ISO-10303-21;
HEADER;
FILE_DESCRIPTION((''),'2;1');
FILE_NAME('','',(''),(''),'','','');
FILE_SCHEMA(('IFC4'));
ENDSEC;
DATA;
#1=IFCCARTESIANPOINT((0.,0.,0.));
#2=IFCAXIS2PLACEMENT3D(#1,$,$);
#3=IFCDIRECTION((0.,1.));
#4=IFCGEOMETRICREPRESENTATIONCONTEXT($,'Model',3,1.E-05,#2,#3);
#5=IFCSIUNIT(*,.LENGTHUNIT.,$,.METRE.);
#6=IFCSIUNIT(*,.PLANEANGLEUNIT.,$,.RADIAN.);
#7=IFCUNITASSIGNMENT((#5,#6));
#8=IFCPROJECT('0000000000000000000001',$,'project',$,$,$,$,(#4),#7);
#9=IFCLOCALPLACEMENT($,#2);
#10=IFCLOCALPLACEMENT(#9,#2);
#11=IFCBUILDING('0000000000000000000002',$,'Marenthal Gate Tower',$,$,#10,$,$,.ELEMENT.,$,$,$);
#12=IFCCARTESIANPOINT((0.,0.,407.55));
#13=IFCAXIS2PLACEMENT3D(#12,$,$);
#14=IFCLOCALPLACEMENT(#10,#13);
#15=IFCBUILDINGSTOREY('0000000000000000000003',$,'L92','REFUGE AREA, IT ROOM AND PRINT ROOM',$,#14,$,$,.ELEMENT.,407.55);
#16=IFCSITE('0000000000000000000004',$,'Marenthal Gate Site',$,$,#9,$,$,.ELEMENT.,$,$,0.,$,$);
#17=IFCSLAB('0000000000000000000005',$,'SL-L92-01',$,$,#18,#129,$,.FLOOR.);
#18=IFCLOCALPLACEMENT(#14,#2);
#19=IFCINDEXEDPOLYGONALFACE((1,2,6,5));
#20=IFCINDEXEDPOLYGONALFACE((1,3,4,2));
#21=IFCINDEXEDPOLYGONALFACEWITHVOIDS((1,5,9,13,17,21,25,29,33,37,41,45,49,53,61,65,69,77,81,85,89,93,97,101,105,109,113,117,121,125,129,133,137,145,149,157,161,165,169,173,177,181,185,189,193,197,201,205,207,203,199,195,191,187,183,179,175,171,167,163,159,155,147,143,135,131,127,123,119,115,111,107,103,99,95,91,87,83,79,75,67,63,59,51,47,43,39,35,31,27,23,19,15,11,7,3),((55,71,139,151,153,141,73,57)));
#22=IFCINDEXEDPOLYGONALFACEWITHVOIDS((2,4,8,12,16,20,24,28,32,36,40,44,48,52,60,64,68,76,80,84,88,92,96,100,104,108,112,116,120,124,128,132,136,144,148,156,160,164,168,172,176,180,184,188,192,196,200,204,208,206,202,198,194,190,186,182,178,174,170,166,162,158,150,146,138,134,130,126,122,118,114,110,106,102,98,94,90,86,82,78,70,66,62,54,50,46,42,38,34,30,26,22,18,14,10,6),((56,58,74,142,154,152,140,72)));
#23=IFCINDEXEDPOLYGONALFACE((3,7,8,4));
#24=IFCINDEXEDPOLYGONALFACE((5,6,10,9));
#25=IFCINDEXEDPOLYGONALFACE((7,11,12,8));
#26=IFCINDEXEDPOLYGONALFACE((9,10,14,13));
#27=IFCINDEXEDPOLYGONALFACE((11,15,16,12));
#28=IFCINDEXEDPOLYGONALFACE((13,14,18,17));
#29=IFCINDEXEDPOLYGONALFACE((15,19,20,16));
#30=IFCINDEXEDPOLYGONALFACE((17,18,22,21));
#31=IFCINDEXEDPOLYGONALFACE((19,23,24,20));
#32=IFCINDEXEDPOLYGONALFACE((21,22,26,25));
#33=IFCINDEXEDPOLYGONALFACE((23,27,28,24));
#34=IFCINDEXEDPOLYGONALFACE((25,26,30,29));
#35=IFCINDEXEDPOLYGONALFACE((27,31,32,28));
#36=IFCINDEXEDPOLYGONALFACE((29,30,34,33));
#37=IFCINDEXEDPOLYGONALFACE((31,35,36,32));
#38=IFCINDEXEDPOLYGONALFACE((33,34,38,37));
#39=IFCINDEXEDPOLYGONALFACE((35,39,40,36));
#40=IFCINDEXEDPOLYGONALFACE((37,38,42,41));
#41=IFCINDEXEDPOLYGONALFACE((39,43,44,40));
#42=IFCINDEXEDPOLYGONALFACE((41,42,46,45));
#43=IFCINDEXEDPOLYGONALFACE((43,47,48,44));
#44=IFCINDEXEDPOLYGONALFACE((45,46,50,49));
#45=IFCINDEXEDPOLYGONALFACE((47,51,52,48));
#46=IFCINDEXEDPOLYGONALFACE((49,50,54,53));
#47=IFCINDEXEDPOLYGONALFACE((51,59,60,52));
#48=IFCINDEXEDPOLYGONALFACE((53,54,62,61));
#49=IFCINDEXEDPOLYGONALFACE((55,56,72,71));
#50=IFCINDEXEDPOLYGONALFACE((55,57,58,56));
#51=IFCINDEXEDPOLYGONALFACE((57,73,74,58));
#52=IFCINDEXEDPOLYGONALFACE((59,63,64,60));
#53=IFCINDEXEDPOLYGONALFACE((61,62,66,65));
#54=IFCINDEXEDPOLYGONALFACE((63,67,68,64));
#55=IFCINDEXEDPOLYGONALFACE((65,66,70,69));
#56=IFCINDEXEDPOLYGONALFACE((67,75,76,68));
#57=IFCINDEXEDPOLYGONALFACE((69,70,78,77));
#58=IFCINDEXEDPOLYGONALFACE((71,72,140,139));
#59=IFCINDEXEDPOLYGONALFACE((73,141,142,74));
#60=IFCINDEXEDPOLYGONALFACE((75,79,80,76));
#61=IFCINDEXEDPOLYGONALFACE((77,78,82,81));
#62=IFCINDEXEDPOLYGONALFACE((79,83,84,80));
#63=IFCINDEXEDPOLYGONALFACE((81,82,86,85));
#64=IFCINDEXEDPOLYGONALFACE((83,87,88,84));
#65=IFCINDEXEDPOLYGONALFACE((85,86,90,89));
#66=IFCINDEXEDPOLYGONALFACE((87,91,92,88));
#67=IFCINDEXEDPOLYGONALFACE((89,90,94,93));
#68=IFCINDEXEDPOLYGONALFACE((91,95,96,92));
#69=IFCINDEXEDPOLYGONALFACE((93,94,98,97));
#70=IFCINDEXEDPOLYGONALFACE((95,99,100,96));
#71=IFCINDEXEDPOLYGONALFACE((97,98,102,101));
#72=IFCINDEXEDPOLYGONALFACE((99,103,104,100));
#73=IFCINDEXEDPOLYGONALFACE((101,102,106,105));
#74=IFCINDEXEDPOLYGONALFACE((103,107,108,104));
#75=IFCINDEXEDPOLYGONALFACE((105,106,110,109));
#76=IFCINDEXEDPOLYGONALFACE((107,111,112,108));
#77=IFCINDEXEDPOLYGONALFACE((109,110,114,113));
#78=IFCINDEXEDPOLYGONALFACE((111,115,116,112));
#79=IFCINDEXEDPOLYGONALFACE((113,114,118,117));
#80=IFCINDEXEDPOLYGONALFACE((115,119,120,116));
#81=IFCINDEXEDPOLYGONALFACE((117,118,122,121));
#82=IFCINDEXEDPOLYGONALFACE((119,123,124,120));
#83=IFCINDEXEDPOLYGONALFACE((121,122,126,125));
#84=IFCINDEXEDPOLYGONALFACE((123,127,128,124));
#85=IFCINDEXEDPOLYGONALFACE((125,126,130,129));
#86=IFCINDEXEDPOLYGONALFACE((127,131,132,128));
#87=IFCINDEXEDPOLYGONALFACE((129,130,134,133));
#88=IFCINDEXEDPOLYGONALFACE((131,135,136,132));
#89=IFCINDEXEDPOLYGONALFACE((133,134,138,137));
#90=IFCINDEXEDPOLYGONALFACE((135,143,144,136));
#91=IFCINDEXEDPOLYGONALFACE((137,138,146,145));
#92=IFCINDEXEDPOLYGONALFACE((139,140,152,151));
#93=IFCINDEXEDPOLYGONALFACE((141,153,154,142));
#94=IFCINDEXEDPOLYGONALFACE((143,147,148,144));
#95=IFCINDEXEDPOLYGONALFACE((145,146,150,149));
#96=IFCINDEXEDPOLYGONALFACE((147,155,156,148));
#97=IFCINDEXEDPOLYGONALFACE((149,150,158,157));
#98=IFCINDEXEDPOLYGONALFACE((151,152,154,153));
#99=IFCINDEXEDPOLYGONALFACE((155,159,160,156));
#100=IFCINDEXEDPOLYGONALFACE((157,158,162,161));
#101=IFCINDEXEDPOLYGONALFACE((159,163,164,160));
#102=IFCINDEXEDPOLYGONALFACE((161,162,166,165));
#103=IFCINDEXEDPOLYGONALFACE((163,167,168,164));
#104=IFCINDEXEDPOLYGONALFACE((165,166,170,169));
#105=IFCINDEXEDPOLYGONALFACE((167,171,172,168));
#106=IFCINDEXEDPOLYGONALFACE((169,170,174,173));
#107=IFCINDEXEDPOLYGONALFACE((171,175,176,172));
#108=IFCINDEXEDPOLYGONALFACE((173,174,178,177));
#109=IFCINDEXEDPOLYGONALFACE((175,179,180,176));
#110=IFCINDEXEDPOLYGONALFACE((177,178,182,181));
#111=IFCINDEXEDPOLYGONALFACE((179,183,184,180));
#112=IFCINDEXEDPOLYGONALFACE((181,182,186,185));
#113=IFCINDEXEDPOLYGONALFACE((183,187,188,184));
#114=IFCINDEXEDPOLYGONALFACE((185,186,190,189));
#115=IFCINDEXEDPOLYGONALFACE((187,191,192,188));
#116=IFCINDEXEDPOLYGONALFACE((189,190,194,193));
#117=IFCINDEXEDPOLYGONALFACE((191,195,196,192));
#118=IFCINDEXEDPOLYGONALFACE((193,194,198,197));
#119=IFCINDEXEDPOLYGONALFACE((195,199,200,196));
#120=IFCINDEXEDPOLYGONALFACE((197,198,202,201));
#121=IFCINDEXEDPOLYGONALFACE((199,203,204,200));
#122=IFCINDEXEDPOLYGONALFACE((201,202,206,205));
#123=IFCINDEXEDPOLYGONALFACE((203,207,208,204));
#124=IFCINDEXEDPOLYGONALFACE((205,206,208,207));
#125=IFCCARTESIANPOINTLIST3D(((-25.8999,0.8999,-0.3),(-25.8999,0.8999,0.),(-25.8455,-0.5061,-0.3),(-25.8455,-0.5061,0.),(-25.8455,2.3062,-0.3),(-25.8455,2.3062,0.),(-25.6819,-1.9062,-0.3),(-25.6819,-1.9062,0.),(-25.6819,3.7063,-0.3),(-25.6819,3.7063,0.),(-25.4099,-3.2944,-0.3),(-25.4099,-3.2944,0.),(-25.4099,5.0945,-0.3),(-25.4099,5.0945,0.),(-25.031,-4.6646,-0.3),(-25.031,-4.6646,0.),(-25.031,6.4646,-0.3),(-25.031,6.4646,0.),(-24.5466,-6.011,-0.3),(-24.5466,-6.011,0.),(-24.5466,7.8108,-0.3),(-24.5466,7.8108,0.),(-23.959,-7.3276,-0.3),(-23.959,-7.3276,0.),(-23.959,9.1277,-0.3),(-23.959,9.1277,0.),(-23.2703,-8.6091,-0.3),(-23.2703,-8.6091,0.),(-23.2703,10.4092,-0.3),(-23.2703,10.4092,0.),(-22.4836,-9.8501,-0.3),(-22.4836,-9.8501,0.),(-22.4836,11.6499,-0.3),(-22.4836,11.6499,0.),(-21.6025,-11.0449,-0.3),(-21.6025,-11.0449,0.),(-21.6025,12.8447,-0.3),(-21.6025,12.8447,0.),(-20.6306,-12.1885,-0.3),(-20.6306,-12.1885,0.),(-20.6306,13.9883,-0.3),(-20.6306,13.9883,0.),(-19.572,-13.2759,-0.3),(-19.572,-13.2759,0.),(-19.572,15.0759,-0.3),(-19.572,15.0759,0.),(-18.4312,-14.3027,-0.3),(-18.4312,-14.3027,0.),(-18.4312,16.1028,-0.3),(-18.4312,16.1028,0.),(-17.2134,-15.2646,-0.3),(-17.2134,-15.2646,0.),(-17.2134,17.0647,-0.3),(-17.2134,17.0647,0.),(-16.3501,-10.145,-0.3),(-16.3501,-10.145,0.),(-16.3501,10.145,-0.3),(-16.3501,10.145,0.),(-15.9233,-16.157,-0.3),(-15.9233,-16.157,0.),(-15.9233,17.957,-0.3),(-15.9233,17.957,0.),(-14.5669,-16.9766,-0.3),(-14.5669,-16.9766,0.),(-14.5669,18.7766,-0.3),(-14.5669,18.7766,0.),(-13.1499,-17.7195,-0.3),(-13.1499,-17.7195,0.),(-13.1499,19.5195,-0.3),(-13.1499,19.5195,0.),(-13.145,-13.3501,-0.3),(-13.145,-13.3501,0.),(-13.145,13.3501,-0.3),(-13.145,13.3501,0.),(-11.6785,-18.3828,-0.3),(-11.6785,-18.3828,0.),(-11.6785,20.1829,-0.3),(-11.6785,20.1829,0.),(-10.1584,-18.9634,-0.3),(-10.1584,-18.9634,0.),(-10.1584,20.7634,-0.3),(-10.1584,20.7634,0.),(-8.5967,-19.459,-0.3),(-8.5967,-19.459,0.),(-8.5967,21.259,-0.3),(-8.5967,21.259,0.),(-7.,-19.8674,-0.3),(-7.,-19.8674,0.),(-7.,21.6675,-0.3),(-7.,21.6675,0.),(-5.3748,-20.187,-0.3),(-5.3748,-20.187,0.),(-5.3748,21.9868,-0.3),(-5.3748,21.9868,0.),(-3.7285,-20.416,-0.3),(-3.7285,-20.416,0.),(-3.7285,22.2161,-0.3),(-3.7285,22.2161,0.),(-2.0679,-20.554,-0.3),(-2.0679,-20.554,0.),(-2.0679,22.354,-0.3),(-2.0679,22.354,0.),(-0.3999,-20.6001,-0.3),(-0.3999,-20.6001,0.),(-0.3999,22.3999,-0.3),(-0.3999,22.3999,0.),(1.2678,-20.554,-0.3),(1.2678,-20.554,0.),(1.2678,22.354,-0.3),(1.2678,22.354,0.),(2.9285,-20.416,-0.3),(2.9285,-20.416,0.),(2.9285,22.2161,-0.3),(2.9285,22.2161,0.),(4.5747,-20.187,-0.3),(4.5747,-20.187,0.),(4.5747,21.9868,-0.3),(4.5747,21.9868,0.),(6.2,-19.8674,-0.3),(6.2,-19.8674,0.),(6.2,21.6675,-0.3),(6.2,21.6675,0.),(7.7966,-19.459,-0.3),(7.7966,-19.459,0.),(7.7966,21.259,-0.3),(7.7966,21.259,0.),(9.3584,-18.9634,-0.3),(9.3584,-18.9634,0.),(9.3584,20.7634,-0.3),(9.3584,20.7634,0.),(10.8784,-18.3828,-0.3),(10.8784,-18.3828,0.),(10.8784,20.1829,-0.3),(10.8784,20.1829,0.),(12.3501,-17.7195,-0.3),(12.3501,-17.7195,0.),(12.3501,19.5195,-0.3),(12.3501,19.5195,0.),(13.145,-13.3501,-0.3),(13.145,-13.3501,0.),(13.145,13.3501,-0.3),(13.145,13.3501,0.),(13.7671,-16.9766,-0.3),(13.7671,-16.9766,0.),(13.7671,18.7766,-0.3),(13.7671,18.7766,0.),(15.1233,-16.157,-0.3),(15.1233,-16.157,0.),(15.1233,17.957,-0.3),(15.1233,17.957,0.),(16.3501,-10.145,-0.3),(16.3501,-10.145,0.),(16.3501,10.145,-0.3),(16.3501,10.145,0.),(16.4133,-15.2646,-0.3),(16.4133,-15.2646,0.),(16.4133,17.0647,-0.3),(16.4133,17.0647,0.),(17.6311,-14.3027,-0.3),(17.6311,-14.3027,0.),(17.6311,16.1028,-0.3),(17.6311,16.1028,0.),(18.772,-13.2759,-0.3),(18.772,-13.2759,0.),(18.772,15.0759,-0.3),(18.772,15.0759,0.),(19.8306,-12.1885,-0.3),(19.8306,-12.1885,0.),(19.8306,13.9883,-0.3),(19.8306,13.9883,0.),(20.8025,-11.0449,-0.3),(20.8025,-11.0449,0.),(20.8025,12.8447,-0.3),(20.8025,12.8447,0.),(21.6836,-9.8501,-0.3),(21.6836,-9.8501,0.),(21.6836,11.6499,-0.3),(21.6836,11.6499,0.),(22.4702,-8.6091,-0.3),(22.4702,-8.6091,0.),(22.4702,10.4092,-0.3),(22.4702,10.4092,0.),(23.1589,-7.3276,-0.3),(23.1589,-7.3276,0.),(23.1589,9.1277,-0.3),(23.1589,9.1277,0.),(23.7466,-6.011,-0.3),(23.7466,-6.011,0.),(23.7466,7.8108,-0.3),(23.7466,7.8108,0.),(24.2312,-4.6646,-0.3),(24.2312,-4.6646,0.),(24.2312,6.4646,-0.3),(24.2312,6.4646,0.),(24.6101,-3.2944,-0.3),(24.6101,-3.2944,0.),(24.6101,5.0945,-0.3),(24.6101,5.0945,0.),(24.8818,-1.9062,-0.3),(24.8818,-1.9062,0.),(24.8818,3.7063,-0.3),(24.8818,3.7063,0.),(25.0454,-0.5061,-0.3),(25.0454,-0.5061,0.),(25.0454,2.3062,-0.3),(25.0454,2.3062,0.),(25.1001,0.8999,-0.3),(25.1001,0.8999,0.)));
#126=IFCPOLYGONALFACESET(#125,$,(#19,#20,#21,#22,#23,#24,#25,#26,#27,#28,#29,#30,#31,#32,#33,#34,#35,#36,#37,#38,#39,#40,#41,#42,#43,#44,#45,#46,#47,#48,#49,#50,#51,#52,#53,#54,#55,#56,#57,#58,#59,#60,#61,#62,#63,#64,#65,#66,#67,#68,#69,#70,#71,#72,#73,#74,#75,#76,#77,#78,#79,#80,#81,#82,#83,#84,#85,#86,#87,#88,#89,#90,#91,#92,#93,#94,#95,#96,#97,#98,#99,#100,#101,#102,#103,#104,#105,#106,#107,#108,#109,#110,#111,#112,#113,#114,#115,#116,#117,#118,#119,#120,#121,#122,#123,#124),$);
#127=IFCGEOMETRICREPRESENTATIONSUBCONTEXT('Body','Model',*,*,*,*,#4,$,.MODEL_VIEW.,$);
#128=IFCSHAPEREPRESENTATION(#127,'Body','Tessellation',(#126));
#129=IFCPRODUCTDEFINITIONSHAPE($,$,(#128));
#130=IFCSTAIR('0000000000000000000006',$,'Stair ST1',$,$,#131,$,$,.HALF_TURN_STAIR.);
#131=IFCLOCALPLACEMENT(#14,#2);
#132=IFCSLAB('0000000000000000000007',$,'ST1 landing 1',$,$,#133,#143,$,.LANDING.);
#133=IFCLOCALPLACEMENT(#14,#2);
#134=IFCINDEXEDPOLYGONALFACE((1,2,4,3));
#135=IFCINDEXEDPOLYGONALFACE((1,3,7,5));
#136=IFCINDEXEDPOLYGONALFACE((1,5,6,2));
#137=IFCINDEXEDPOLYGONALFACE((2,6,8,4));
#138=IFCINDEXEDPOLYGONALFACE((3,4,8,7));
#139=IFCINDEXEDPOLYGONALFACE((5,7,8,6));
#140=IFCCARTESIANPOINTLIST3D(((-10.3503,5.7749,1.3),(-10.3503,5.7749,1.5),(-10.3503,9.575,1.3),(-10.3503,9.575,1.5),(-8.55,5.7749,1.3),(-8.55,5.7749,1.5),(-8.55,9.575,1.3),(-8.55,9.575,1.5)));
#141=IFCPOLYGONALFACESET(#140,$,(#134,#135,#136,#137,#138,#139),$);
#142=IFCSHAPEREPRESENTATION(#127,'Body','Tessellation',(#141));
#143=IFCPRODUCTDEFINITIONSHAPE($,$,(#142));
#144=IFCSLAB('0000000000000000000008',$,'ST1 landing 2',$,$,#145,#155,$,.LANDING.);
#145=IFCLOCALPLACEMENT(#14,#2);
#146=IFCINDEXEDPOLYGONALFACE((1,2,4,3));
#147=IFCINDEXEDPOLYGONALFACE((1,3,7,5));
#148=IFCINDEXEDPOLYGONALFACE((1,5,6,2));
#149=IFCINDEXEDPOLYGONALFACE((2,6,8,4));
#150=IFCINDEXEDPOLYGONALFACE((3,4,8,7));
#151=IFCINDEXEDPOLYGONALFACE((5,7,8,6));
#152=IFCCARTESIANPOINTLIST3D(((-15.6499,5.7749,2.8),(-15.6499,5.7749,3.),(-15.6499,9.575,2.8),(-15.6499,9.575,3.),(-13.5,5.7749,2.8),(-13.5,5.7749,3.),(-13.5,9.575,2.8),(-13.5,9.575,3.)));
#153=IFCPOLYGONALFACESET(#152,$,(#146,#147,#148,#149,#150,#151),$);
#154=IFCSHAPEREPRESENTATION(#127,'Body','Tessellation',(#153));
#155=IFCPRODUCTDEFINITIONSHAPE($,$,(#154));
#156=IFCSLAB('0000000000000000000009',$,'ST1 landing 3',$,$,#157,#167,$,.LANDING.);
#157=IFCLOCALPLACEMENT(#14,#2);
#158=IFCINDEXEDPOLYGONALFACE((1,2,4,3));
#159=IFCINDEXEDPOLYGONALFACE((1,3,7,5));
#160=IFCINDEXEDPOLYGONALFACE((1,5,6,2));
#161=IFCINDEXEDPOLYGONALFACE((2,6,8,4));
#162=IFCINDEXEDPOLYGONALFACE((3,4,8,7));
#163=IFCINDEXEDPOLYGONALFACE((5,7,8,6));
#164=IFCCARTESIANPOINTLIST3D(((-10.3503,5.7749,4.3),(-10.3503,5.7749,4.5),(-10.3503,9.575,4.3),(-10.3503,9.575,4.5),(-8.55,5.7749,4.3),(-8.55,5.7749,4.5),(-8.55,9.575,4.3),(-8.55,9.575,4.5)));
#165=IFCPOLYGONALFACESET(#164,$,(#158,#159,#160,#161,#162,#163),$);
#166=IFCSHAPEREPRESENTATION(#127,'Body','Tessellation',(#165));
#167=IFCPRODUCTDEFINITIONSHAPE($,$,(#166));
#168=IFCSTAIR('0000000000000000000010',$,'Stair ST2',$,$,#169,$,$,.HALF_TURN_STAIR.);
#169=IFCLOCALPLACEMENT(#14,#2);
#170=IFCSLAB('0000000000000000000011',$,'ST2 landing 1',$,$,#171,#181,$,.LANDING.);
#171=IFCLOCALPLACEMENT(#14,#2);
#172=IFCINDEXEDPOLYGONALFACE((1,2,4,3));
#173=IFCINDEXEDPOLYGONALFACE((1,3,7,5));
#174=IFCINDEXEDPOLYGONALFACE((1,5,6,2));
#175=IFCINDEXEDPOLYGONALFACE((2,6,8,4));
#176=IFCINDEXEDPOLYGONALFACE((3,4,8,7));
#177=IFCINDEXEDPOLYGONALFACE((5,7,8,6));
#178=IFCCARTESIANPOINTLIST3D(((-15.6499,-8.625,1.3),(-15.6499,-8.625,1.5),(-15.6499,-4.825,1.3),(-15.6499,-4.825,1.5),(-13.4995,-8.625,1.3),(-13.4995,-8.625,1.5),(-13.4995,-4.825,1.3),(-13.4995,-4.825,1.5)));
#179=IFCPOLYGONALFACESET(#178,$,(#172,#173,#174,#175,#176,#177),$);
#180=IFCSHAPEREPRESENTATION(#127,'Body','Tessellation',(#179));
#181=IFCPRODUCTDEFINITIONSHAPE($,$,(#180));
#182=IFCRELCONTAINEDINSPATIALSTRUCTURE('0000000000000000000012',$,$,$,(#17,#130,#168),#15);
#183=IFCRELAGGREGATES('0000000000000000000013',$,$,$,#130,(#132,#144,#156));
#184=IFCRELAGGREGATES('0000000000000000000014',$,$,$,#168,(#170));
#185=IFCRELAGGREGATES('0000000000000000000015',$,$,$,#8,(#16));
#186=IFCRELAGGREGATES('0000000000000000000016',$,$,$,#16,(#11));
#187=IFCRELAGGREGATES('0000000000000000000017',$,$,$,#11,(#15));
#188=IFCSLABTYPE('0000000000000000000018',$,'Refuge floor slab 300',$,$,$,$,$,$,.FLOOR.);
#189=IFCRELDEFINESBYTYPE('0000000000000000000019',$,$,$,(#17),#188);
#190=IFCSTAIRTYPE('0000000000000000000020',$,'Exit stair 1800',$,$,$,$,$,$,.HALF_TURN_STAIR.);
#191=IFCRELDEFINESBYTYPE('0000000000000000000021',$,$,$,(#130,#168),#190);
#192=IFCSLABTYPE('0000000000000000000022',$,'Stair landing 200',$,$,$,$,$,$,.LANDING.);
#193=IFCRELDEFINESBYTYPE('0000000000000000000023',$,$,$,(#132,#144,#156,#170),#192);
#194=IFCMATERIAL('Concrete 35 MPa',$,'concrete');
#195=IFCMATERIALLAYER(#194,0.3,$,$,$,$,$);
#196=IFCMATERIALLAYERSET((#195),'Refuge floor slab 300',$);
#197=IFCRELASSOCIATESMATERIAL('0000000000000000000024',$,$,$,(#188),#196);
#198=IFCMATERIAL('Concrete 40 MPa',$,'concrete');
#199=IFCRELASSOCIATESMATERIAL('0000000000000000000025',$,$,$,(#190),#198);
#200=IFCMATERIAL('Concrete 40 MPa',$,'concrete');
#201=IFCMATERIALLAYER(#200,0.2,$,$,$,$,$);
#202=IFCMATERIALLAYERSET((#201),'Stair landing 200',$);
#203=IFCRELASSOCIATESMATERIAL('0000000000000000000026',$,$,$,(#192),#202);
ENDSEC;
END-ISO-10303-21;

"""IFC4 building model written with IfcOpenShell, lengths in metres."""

from ifc_helpers import new_model, si_unit, direction, frame, origin, place, context, subcontext, project, spatial, polyline, outline, extrude, material, layer, layer_set, type_object, element, aggregate, save


model = new_model("IFC4")

# Units and contexts
model_context = context("Model", 3, precision=1e-05, world=origin(), true_north=direction((0.0, 1.0)))
body_context = subcontext(model_context, "Body", "Model", "MODEL_VIEW")
ifc_project = project(units=[si_unit("LENGTHUNIT", "METRE"), si_unit("PLANEANGLEUNIT", "RADIAN")], contexts=[model_context])

# Site, building, storey
site_placement = place(None, origin())
site = spatial("IfcSite", under=ifc_project, at=site_placement, Name="Marenthal Gate Site", CompositionType="ELEMENT", RefElevation=0.0)
building_placement = place(site_placement, origin())
building = spatial("IfcBuilding", under=site, at=building_placement, Name="Marenthal Gate Tower", CompositionType="ELEMENT")
storey_placement = place(building_placement, frame((0.0, 0.0, 407.55)))
storey = spatial("IfcBuildingStorey", under=building, at=storey_placement, Name="L92", Description="REFUGE AREA, IT ROOM AND PRINT ROOM", CompositionType="ELEMENT", Elevation=407.55)

# Slab
ifc_material_1 = material(Name="Concrete 35 MPa", Category="concrete")
ifc_layer_1 = layer(ifc_material_1, 0.3)
ifc_layer_set_1 = layer_set([ifc_layer_1], Name="Refuge floor slab 300")
slab_type_1 = type_object("IfcSlabType", Name="Refuge floor slab 300", PredefinedType="FLOOR", material=ifc_layer_set_1)
slab_1_placement = place(storey_placement, frame((0.0, 0.0, -0.3)))
element("IfcSlab", 1, at=slab_1_placement, inside=storey, type_object=slab_type_1, Name="SL-L92-01", PredefinedType="FLOOR", context=body_context, shape_type="SweptSolid", body=[
    extrude(outline(polyline([(25.1001, 0.8999), (25.0454, 2.3062), (24.8818, 3.7063), (24.6101, 5.0945), (24.2312, 6.4646), (23.7466, 7.8108), (23.1589, 9.1277), (22.4702, 10.4092), (21.6836, 11.6499), (20.8025, 12.8447), (19.8306, 13.9883), (18.772, 15.0759), (17.6311, 16.1028), (16.4133, 17.0647), (15.1233, 17.957), (13.7671, 18.7766), (12.3501, 19.5195), (10.8784, 20.1829), (9.3584, 20.7634), (7.7966, 21.259), (6.2, 21.6675), (4.5747, 21.9868), (2.9285, 22.2161), (1.2678, 22.354), (-0.3999, 22.3999), (-2.0679, 22.354), (-3.7285, 22.2161), (-5.3748, 21.9868), (-7.0, 21.6675), (-8.5967, 21.259), (-10.1584, 20.7634), (-11.6785, 20.1829), (-13.1499, 19.5195), (-14.5669, 18.7766), (-15.9233, 17.957), (-17.2134, 17.0647), (-18.4312, 16.1028), (-19.572, 15.0759), (-20.6306, 13.9883), (-21.6025, 12.8447), (-22.4836, 11.6499), (-23.2703, 10.4092), (-23.959, 9.1277), (-24.5466, 7.8108), (-25.031, 6.4646), (-25.4099, 5.0945), (-25.6819, 3.7063), (-25.8455, 2.3062), (-25.8999, 0.8999), (-25.8455, -0.5061), (-25.6819, -1.9062), (-25.4099, -3.2944), (-25.031, -4.6646), (-24.5466, -6.011), (-23.959, -7.3276), (-23.2703, -8.6091), (-22.4836, -9.8501), (-21.6025, -11.0449), (-20.6306, -12.1885), (-19.572, -13.2759), (-18.4312, -14.3027), (-17.2134, -15.2646), (-15.9233, -16.157), (-14.5669, -16.9766), (-13.1499, -17.7195), (-11.6785, -18.3828), (-10.1584, -18.9634), (-8.5967, -19.459), (-7.0, -19.8674), (-5.3748, -20.187), (-3.7285, -20.416), (-2.0679, -20.554), (-0.3999, -20.6001), (1.2678, -20.554), (2.9285, -20.416), (4.5747, -20.187), (6.2, -19.8674), (7.7966, -19.459), (9.3584, -18.9634), (10.8784, -18.3828), (12.3501, -17.7195), (13.7671, -16.9766), (15.1233, -16.157), (16.4133, -15.2646), (17.6311, -14.3027), (18.772, -13.2759), (19.8306, -12.1885), (20.8025, -11.0449), (21.6836, -9.8501), (22.4702, -8.6091), (23.1589, -7.3276), (23.7466, -6.011), (24.2312, -4.6646), (24.6101, -3.2944), (24.8818, -1.9062), (25.0454, -0.5061), (25.1001, 0.8999)]), holes=[polyline([(13.145, -13.3501), (16.3501, -10.145), (16.3501, 10.145), (13.145, 13.3501), (-13.145, 13.3501), (-16.3501, 10.145), (-16.3501, -10.145), (-13.145, -13.3501), (13.145, -13.3501)])]), origin(), (0.0, 0.0, 1.0), 0.3),
])

# Stair, slabs
ifc_material_2 = material(Name="Concrete 40 MPa", Category="concrete")
stair_type = type_object("IfcStairType", Name="Exit stair 1800", PredefinedType="HALF_TURN_STAIR", material=ifc_material_2)
stair_1_placement = place(storey_placement, origin())
stair_1 = element("IfcStair", 2, at=stair_1_placement, inside=storey, type_object=stair_type, Name="Stair ST1", PredefinedType="HALF_TURN_STAIR")
ifc_material_3 = material(Name="Concrete 40 MPa", Category="concrete")
ifc_layer_2 = layer(ifc_material_3, 0.2)
ifc_layer_set_2 = layer_set([ifc_layer_2], Name="Stair landing 200")
slab_type_2 = type_object("IfcSlabType", Name="Stair landing 200", PredefinedType="LANDING", material=ifc_layer_set_2)
slab_2_placement = place(storey_placement, frame((0.0, 0.0, 1.3)))
slab_2 = element("IfcSlab", 3, at=slab_2_placement, type_object=slab_type_2, Name="ST1 landing 1", PredefinedType="LANDING", context=body_context, shape_type="SweptSolid", body=[
    extrude(outline(polyline([(-10.3503, 5.7749), (-8.55, 5.7749), (-8.55, 9.575), (-10.3503, 9.575), (-10.3503, 5.7749)])), origin(), (0.0, 0.0, 1.0), 0.2),
])
slab_3_placement = place(storey_placement, frame((0.0, 0.0, 2.8)))
slab_3 = element("IfcSlab", 4, at=slab_3_placement, type_object=slab_type_2, Name="ST1 landing 2", PredefinedType="LANDING", context=body_context, shape_type="SweptSolid", body=[
    extrude(outline(polyline([(-15.6499, 5.7749), (-13.5, 5.7749), (-13.5, 9.575), (-15.6499, 9.575), (-15.6499, 5.7749)])), origin(), (0.0, 0.0, 1.0), 0.2),
])
slab_4_placement = place(storey_placement, frame((0.0, 0.0, 4.3)))
slab_4 = element("IfcSlab", 5, at=slab_4_placement, type_object=slab_type_2, Name="ST1 landing 3", PredefinedType="LANDING", context=body_context, shape_type="SweptSolid", body=[
    extrude(outline(polyline([(-10.3503, 5.7749), (-8.55, 5.7749), (-8.55, 9.575), (-10.3503, 9.575), (-10.3503, 5.7749)])), origin(), (0.0, 0.0, 1.0), 0.2),
])
aggregate(stair_1, [slab_2, slab_3, slab_4])

# Stair, slab
stair_2_placement = place(storey_placement, origin())
stair_2 = element("IfcStair", 6, at=stair_2_placement, inside=storey, type_object=stair_type, Name="Stair ST2", PredefinedType="HALF_TURN_STAIR")
slab_5_placement = place(storey_placement, frame((0.0, 0.0, 1.3)))
slab_5 = element("IfcSlab", 7, at=slab_5_placement, type_object=slab_type_2, Name="ST2 landing 1", PredefinedType="LANDING", context=body_context, shape_type="SweptSolid", body=[
    extrude(outline(polyline([(-15.6499, -8.625), (-13.4995, -8.625), (-13.4995, -4.825), (-15.6499, -4.825), (-15.6499, -8.625)])), origin(), (0.0, 0.0, 1.0), 0.2),
])
aggregate(stair_2, [slab_5])

save(model, "model.ifc")
